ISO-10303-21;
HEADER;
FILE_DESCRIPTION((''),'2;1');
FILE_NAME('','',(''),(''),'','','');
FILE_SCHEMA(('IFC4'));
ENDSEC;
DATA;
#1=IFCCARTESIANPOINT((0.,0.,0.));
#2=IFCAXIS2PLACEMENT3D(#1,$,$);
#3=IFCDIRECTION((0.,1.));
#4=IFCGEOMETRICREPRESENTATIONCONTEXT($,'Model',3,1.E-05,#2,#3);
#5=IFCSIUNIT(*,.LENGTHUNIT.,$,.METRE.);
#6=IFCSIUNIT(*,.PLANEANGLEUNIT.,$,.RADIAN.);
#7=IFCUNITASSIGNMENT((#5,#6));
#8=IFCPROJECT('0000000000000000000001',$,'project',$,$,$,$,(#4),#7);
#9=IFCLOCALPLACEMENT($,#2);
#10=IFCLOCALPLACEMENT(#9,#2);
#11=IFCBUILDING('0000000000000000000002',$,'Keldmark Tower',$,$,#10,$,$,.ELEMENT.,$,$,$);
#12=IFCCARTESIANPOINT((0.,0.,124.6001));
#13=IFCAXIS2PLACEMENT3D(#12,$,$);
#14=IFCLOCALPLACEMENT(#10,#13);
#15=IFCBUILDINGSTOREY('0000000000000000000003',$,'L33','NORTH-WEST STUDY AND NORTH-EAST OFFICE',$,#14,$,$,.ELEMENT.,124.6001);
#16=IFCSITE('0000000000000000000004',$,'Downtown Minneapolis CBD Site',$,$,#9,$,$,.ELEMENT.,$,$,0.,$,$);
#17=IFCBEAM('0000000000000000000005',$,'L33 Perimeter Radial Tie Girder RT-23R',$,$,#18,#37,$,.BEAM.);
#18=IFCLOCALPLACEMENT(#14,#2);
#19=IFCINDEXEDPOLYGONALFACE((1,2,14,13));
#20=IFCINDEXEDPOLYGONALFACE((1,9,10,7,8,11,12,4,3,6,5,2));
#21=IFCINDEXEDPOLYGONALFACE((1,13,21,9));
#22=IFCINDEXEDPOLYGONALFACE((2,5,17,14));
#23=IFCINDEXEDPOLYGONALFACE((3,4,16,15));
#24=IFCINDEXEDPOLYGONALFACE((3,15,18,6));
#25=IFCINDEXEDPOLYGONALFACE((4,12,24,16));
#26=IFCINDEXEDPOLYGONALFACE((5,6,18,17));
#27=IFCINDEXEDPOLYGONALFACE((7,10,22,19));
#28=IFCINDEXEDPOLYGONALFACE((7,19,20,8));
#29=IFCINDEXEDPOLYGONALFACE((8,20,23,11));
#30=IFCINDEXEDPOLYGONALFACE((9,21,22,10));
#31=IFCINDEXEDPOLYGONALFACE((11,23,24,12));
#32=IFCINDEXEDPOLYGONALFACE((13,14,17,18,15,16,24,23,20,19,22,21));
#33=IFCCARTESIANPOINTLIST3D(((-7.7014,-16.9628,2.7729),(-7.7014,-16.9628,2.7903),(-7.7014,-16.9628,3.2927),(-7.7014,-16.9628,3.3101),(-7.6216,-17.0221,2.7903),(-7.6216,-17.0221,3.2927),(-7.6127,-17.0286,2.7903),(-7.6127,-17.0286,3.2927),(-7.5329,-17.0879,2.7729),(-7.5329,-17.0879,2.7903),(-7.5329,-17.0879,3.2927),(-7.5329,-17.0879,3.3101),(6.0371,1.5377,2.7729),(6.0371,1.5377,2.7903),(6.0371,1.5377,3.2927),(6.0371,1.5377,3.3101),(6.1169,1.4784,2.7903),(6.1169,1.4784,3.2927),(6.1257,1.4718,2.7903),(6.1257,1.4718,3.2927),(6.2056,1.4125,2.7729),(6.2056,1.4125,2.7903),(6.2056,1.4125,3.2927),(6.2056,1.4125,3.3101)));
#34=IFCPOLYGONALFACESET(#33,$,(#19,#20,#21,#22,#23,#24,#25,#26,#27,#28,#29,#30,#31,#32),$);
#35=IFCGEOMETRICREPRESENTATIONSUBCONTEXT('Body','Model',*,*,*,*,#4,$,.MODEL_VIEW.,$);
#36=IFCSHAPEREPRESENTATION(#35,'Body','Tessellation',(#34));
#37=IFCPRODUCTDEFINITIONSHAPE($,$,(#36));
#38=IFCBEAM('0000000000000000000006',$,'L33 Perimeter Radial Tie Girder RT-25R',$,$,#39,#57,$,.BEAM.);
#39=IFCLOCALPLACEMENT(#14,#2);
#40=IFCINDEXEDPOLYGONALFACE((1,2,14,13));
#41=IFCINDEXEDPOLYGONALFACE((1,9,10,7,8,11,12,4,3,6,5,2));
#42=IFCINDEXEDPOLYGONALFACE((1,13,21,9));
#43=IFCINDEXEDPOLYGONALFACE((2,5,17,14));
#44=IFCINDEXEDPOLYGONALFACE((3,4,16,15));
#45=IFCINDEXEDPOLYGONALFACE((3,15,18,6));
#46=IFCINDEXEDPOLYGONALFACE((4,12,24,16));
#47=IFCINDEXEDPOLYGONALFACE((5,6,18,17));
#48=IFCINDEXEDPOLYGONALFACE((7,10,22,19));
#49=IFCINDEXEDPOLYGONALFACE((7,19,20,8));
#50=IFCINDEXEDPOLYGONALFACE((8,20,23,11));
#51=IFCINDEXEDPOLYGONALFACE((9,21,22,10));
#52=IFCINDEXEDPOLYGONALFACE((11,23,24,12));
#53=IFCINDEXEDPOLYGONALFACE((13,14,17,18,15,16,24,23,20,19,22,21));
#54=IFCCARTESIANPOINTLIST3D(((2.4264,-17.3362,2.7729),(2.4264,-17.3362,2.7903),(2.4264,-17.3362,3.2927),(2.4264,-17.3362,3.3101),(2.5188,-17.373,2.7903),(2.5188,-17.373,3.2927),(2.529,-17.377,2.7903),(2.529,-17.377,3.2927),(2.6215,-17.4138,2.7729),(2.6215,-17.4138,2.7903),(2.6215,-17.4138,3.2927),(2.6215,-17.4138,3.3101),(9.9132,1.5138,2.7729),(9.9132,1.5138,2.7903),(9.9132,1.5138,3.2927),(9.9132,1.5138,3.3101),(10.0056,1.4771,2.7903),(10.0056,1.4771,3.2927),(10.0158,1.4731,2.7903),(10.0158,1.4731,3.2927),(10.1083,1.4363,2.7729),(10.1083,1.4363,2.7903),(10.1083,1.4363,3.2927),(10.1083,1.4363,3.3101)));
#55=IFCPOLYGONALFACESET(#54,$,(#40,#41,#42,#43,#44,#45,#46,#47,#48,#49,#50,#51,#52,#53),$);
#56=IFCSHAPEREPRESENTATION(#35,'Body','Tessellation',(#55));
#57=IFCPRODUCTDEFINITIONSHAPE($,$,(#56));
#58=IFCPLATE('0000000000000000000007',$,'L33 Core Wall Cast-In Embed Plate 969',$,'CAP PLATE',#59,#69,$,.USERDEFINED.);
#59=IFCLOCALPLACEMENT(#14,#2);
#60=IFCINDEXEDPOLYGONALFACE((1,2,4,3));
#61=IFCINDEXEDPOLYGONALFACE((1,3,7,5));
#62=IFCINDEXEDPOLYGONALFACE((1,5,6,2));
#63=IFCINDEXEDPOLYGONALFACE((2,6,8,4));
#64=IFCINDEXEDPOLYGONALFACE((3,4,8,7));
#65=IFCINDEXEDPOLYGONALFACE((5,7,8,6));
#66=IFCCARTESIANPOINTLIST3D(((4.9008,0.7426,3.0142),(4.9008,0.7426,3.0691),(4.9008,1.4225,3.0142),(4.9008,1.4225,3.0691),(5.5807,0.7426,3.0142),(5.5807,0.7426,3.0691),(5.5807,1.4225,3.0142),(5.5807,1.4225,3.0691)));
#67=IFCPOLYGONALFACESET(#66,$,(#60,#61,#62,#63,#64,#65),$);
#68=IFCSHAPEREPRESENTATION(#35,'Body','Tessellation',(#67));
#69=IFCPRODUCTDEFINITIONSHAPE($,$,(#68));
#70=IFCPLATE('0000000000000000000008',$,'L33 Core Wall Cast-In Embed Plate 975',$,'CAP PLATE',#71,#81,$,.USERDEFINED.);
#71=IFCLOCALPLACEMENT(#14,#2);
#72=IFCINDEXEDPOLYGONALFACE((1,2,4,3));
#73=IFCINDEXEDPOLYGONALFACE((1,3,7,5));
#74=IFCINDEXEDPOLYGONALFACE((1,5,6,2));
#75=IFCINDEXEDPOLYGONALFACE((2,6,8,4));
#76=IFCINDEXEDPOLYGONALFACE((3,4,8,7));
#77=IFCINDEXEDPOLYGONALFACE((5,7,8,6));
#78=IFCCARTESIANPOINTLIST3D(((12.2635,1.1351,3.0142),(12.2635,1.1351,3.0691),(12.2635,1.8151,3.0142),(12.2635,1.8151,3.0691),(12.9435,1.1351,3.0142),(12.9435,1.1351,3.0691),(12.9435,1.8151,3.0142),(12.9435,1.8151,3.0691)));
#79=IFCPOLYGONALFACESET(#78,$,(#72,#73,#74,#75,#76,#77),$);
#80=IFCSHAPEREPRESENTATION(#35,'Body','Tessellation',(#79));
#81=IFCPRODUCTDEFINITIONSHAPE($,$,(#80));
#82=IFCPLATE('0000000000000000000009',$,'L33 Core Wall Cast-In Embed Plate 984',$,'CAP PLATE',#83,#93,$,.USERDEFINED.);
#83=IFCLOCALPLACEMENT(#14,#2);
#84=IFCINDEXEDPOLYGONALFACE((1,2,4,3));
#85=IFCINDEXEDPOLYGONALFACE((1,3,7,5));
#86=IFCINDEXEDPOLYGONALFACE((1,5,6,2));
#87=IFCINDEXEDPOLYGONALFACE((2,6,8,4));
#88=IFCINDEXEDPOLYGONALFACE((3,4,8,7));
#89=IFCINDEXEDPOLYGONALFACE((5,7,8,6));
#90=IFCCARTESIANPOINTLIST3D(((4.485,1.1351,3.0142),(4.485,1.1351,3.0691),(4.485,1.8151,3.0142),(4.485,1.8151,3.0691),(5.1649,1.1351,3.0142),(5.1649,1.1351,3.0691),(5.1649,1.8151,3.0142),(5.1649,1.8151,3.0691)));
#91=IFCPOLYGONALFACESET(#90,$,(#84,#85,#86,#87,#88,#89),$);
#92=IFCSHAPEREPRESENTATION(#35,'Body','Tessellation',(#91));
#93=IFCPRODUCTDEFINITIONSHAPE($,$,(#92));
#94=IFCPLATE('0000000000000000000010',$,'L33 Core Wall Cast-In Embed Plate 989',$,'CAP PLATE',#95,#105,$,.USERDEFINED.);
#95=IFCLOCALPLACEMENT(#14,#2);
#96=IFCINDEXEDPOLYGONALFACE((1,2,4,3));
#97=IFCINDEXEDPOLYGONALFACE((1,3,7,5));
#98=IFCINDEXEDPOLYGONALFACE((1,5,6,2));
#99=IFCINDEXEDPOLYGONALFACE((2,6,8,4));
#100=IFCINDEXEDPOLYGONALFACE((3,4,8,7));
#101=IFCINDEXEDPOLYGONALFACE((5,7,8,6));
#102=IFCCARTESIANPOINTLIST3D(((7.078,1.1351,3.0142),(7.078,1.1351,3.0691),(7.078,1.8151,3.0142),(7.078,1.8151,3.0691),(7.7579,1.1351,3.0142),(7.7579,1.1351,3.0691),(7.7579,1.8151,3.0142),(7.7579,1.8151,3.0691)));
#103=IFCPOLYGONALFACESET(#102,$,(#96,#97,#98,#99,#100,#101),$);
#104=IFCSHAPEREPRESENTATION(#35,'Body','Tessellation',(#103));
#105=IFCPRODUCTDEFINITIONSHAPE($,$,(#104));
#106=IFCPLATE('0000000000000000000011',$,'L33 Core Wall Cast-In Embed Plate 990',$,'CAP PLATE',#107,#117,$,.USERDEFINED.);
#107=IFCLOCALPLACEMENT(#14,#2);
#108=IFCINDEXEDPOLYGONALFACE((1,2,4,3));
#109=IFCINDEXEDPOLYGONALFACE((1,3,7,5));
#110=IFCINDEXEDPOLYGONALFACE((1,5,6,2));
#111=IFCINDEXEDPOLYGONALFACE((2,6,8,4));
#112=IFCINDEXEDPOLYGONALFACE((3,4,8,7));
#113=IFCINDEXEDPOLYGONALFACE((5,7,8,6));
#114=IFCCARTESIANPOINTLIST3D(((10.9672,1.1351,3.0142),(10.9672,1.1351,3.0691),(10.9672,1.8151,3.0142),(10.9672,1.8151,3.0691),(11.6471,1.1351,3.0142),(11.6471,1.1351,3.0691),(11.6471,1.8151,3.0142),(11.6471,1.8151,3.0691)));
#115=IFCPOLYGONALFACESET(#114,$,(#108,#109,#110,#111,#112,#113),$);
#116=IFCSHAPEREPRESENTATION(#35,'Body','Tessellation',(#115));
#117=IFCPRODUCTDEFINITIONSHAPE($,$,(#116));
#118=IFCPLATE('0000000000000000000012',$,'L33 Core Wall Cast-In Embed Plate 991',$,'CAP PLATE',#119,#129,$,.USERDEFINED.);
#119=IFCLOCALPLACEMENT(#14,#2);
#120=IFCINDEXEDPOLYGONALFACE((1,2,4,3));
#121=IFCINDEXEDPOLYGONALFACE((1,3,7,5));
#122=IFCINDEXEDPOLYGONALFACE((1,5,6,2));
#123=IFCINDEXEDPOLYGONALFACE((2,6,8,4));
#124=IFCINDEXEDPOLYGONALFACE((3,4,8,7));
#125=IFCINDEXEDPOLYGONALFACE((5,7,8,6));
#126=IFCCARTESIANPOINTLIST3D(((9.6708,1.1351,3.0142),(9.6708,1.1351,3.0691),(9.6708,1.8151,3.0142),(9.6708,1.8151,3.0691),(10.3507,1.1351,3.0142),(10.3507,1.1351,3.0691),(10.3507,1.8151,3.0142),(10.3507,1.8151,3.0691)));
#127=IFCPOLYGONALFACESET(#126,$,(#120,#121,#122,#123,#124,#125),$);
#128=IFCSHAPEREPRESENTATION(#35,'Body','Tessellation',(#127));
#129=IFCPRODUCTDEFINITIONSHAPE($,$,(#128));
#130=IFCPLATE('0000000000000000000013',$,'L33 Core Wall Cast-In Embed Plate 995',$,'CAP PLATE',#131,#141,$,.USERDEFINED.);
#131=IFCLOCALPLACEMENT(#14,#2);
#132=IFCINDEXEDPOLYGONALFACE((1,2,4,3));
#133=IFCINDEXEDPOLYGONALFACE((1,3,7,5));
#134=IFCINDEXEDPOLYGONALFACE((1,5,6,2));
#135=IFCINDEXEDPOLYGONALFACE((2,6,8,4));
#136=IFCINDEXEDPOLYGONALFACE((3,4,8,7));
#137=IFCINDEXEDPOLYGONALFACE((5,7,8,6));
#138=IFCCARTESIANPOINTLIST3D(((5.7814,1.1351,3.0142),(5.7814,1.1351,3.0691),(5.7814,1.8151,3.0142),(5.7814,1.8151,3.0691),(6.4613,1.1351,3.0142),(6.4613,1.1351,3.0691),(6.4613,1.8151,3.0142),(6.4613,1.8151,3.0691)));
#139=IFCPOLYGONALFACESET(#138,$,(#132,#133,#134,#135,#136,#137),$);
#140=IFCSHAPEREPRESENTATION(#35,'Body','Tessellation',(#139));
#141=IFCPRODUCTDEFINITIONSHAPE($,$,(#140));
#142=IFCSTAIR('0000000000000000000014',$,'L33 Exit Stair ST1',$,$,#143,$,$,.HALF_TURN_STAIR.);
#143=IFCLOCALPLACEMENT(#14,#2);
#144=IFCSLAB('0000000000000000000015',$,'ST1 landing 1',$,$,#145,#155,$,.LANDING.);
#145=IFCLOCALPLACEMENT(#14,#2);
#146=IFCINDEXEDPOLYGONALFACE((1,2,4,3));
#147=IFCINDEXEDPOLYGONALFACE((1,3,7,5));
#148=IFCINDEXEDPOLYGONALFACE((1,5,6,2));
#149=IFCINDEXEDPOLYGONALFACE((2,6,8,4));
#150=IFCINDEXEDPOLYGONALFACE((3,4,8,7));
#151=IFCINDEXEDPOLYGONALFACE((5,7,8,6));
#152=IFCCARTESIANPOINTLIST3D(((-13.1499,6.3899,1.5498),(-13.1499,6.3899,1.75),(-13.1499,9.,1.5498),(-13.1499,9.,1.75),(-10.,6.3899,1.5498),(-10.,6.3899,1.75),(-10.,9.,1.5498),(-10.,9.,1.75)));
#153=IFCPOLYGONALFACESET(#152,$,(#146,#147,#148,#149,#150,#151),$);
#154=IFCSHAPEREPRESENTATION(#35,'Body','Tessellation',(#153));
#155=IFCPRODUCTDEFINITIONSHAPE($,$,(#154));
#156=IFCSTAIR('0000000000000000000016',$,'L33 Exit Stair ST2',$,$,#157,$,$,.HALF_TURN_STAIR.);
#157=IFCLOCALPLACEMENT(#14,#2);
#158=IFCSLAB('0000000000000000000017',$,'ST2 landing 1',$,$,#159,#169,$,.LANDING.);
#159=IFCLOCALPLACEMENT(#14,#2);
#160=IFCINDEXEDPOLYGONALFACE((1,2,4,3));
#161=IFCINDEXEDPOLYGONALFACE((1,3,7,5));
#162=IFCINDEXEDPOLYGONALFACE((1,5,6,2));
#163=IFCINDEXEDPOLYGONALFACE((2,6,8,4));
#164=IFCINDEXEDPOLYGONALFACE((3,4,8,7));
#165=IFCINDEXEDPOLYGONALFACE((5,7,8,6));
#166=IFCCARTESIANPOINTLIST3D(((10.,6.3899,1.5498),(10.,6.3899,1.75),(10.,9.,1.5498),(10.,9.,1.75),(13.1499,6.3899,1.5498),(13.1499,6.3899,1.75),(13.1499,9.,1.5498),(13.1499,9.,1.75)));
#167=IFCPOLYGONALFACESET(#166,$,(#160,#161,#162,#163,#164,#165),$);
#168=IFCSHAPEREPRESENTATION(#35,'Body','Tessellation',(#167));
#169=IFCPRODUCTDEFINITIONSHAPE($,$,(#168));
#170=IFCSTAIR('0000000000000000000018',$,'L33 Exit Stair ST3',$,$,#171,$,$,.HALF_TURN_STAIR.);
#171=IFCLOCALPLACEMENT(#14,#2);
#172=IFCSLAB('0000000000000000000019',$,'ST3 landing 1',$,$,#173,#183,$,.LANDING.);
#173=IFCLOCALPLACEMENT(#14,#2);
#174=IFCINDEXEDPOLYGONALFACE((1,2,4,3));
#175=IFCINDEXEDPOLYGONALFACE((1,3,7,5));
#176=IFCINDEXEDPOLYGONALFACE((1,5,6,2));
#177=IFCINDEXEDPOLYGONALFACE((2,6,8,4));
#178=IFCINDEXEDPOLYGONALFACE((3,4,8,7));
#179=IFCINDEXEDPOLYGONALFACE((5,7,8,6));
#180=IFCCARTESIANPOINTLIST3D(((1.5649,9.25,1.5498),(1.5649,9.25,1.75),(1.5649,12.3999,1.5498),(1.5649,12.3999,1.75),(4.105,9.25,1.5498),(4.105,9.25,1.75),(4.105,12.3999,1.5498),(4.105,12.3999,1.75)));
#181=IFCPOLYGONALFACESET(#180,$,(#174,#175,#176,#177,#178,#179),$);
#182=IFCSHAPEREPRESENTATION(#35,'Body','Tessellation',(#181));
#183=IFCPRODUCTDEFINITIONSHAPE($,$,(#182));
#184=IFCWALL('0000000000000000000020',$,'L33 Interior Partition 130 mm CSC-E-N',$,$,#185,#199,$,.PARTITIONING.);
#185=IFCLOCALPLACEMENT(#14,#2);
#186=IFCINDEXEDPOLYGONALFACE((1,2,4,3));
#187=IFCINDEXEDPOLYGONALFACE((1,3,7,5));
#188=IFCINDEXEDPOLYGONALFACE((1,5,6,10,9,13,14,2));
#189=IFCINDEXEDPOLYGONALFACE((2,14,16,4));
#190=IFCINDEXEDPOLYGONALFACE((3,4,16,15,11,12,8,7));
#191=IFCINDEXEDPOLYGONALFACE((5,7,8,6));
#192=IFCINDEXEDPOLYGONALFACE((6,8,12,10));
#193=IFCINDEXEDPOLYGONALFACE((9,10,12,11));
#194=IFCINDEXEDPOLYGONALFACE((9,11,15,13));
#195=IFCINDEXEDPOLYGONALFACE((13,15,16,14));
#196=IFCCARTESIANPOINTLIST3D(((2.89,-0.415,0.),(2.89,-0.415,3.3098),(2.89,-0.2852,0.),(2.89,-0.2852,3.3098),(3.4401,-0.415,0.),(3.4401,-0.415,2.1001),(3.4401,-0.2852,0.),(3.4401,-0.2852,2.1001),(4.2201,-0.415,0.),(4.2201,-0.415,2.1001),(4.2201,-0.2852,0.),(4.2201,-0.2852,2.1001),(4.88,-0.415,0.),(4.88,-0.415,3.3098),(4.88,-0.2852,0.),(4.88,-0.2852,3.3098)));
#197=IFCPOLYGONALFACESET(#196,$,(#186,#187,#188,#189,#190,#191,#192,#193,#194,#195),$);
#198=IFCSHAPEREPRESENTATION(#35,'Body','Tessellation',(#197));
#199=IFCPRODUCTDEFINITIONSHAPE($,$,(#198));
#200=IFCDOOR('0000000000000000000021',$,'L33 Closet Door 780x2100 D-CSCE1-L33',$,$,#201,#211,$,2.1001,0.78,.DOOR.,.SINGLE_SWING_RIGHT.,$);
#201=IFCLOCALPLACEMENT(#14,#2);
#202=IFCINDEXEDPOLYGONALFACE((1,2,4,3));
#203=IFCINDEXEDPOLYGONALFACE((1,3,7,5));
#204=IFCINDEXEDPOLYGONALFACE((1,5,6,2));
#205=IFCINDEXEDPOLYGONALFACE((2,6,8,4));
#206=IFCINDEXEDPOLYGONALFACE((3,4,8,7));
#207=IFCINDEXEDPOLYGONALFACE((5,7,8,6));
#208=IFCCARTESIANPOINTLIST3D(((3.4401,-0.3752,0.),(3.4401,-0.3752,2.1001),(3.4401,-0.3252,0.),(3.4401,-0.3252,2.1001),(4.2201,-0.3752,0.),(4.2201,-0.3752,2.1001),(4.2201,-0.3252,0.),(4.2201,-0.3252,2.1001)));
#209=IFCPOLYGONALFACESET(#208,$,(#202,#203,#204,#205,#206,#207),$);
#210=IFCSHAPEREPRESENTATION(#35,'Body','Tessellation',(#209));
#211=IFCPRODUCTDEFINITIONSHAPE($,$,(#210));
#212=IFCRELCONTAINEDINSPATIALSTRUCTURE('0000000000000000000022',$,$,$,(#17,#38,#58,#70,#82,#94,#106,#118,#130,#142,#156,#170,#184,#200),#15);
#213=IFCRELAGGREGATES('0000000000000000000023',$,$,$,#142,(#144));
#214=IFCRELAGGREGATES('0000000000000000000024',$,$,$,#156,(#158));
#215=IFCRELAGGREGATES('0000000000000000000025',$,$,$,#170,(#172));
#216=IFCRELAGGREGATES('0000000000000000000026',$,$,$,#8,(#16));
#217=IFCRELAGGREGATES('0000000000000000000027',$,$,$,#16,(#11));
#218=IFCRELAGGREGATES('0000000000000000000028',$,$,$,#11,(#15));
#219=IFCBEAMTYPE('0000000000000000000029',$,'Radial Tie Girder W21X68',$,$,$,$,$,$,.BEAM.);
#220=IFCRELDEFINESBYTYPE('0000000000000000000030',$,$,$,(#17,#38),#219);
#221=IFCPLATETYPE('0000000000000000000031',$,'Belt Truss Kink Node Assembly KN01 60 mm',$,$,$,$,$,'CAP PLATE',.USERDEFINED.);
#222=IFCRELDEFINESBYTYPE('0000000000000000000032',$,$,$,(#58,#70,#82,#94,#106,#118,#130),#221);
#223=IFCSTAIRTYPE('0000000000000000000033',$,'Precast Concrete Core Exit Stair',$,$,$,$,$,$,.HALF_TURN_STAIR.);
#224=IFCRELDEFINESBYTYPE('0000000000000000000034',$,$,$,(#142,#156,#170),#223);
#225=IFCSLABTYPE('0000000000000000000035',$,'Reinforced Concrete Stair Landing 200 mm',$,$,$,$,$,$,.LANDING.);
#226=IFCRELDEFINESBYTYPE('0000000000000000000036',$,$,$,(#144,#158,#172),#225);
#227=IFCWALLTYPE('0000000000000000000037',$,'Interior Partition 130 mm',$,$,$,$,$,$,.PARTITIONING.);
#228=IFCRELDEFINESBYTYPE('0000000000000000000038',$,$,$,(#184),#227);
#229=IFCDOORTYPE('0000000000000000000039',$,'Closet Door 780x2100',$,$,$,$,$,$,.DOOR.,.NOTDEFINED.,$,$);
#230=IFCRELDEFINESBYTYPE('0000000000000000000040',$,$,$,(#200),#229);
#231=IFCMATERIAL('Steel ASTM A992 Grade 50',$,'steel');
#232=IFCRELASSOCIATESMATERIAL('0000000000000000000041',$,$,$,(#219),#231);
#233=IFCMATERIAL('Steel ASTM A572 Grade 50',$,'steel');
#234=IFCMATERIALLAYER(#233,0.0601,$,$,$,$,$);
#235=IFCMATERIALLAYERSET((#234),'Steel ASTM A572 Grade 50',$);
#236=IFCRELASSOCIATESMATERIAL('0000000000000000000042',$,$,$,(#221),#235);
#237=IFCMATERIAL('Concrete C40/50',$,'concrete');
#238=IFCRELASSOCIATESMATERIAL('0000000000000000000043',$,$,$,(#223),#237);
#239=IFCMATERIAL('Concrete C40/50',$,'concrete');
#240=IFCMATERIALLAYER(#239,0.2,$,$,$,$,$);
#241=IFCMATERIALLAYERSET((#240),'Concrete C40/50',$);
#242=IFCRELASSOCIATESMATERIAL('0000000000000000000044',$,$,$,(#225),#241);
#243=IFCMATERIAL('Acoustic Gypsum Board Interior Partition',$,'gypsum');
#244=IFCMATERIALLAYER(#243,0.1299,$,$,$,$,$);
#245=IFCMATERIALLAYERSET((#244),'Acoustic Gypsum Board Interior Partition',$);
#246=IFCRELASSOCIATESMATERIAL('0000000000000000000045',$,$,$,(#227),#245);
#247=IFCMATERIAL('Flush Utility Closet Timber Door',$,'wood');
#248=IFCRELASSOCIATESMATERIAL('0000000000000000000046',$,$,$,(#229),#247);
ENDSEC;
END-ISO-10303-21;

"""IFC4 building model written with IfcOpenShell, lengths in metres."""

from ifc_helpers import new_model, si_unit, direction, frame, frame_2d, origin, origin_2d, place, context, subcontext, project, spatial, polyline, rectangle, i_section, outline, extrude, material, layer, layer_set, material_profile, profile_set, type_object, element, fill, aggregate, save


model = new_model("IFC4")

# Units and contexts
model_context = context("Model", 3, precision=1e-05, world=origin(), true_north=direction((0.0, 1.0)))
body_context = subcontext(model_context, "Body", "Model", "MODEL_VIEW")
ifc_project = project(units=[si_unit("LENGTHUNIT", "METRE"), si_unit("PLANEANGLEUNIT", "RADIAN")], contexts=[model_context])

# Site, building, storey
site_placement = place(None, origin())
site = spatial("IfcSite", under=ifc_project, at=site_placement, Name="Downtown Minneapolis CBD Site", CompositionType="ELEMENT", RefElevation=0.0)
building_placement = place(site_placement, origin())
building = spatial("IfcBuilding", under=site, at=building_placement, Name="Keldmark Tower", CompositionType="ELEMENT")
storey_placement = place(building_placement, frame((0.0, 0.0, 124.6001)))
storey = spatial("IfcBuildingStorey", under=building, at=storey_placement, Name="L33", Description="NORTH-WEST STUDY AND NORTH-EAST OFFICE", CompositionType="ELEMENT", Elevation=124.6001)

# Beams
ifc_material_1 = material(Name="Steel ASTM A992 Grade 50", Category="steel")
ifc_material_profile_1 = material_profile(ifc_material_1, i_section(OverallWidth=0.21, OverallDepth=0.5371, WebThickness=0.011, FlangeThickness=0.0173, at=origin_2d()), Name="W21X68")
ifc_profile_set_1 = profile_set([ifc_material_profile_1], Name="Steel ASTM A992 Grade 50")
beam_type = type_object("IfcBeamType", Name="Radial Tie Girder W21X68", PredefinedType="BEAM", material=ifc_profile_set_1)
beam_1_placement = place(storey_placement, frame((6.1213, 1.4751, 3.0415), z_axis=(-0.596193, -0.802841, 0.0), x_axis=(0.802841, -0.596193, 0.0)))
element("IfcBeam", 1, at=beam_1_placement, inside=storey, type_object=beam_type, Name="L33 Perimeter Radial Tie Girder RT-23R", PredefinedType="BEAM", context=body_context, shape_type="SweptSolid", body=[
    extrude(i_section(OverallWidth=0.21, OverallDepth=0.5371, WebThickness=0.011, FlangeThickness=0.0173, at=origin_2d()), origin(), (0.0, 0.0, 1.0), 23.0437),
])
beam_2_placement = place(storey_placement, frame((10.0107, 1.4751, 3.0415), z_axis=(-0.369127, -0.929379, 0.0), x_axis=(0.929379, -0.369127, 0.0)))
element("IfcBeam", 2, at=beam_2_placement, inside=storey, type_object=beam_type, Name="L33 Perimeter Radial Tie Girder RT-25R", PredefinedType="BEAM", context=body_context, shape_type="SweptSolid", body=[
    extrude(i_section(OverallWidth=0.21, OverallDepth=0.5371, WebThickness=0.011, FlangeThickness=0.0173, at=origin_2d()), origin(), (0.0, 0.0, 1.0), 20.2825),
])

# Plates
ifc_material_2 = material(Name="Steel ASTM A572 Grade 50", Category="steel")
ifc_layer_1 = layer(ifc_material_2, 0.0601)
ifc_layer_set_1 = layer_set([ifc_layer_1], Name="Steel ASTM A572 Grade 50")
plate_type = type_object("IfcPlateType", Name="Belt Truss Kink Node Assembly KN01 60 mm", ElementType="CAP PLATE", PredefinedType="USERDEFINED", material=ifc_layer_set_1)
for number, where, z_axis, x_axis, name in (
    (3, (5.2407, 1.0825, 3.0142), (0.0, 0.0, 1.0), (1.0, 0.0, 0.0), "L33 Core Wall Cast-In Embed Plate 969"),
    (4, (12.6035, 1.4751, 3.0142), (0.0, 0.0, 1.0), (1.0, 0.0, 0.0), "L33 Core Wall Cast-In Embed Plate 975"),
    (5, (4.825, 1.4751, 3.0142), (0.0, 0.0, 1.0), (1.0, 0.0, 0.0), "L33 Core Wall Cast-In Embed Plate 984"),
    (6, (7.418, 1.4751, 3.0142), (0.0, 0.0, 1.0), (1.0, 0.0, 0.0), "L33 Core Wall Cast-In Embed Plate 989"),
    (7, (11.3071, 1.4751, 3.0142), (0.0, 0.0, 1.0), (1.0, 0.0, 0.0), "L33 Core Wall Cast-In Embed Plate 990"),
    (8, (10.0107, 1.4751, 3.0142), (0.0, 0.0, 1.0), (1.0, 0.0, 0.0), "L33 Core Wall Cast-In Embed Plate 991"),
    (9, (6.1213, 1.4751, 3.0142), (0.0, 0.0, 1.0), (1.0, 0.0, 0.0), "L33 Core Wall Cast-In Embed Plate 995"),
):
    element("IfcPlate", number, at=place(storey_placement, frame(where, z_axis=z_axis, x_axis=x_axis)), inside=storey, type_object=plate_type, Name=name, ObjectType="CAP PLATE", PredefinedType="USERDEFINED", context=body_context, shape_type="SweptSolid", body=[
        extrude(rectangle(XDim=0.6799, YDim=0.6799, at=origin_2d()), origin(), (0.0, 0.0, 1.0), 0.0549),
    ])

# Stairs, slabs
ifc_material_3 = material(Name="Concrete C40/50", Category="concrete")
stair_type = type_object("IfcStairType", Name="Precast Concrete Core Exit Stair", PredefinedType="HALF_TURN_STAIR", material=ifc_material_3)
stair_1_placement = place(storey_placement, origin())
stair_1 = element("IfcStair", 10, at=stair_1_placement, inside=storey, type_object=stair_type, Name="L33 Exit Stair ST1", PredefinedType="HALF_TURN_STAIR")
ifc_material_4 = material(Name="Concrete C40/50", Category="concrete")
ifc_layer_2 = layer(ifc_material_4, 0.2)
ifc_layer_set_2 = layer_set([ifc_layer_2], Name="Concrete C40/50")
slab_type = type_object("IfcSlabType", Name="Reinforced Concrete Stair Landing 200 mm", PredefinedType="LANDING", material=ifc_layer_set_2)
slab_1_placement = place(storey_placement, frame((0.0, 0.0, 1.5498)))
slab_1 = element("IfcSlab", 11, at=slab_1_placement, type_object=slab_type, Name="ST1 landing 1", PredefinedType="LANDING", context=body_context, shape_type="SweptSolid", body=[
    extrude(outline(polyline([(-10.0, 6.3899), (-10.0, 9.0), (-13.1499, 9.0), (-13.1499, 6.3899), (-10.0, 6.3899)])), origin(), (0.0, 0.0, 1.0), 0.2002),
])
aggregate(stair_1, [slab_1])
stair_2_placement = place(storey_placement, origin())
stair_2 = element("IfcStair", 12, at=stair_2_placement, inside=storey, type_object=stair_type, Name="L33 Exit Stair ST2", PredefinedType="HALF_TURN_STAIR")
slab_2_placement = place(storey_placement, frame((0.0, 0.0, 1.5498)))
slab_2 = element("IfcSlab", 13, at=slab_2_placement, type_object=slab_type, Name="ST2 landing 1", PredefinedType="LANDING", context=body_context, shape_type="SweptSolid", body=[
    extrude(outline(polyline([(13.1499, 6.3899), (13.1499, 9.0), (10.0, 9.0), (10.0, 6.3899), (13.1499, 6.3899)])), origin(), (0.0, 0.0, 1.0), 0.2002),
])
aggregate(stair_2, [slab_2])
stair_3_placement = place(storey_placement, origin())
stair_3 = element("IfcStair", 14, at=stair_3_placement, inside=storey, type_object=stair_type, Name="L33 Exit Stair ST3", PredefinedType="HALF_TURN_STAIR")
slab_3_placement = place(storey_placement, frame((0.0, 0.0, 1.5498)))
slab_3 = element("IfcSlab", 15, at=slab_3_placement, type_object=slab_type, Name="ST3 landing 1", PredefinedType="LANDING", context=body_context, shape_type="SweptSolid", body=[
    extrude(outline(polyline([(1.5649, 9.25), (4.105, 9.25), (4.105, 12.3999), (1.5649, 12.3999), (1.5649, 9.25)])), origin(), (0.0, 0.0, 1.0), 0.2002),
])
aggregate(stair_3, [slab_3])

# Wall, opening, door
ifc_material_5 = material(Name="Acoustic Gypsum Board Interior Partition", Category="gypsum")
ifc_layer_3 = layer(ifc_material_5, 0.1299)
ifc_layer_set_3 = layer_set([ifc_layer_3], Name="Acoustic Gypsum Board Interior Partition")
wall_type_1 = type_object("IfcWallType", Name="Interior Partition 130 mm", PredefinedType="PARTITIONING", material=ifc_layer_set_3)
wall_1_placement = place(storey_placement, frame((2.8899, -0.3501, 0.0), z_axis=(0.0, 0.0, 1.0), x_axis=(1.0, 0.0, 0.0)))
wall_1 = element("IfcWall", 16, at=wall_1_placement, inside=storey, type_object=wall_type_1, Name="L33 Interior Partition 130 mm CSC-E-N", PredefinedType="PARTITIONING", context=body_context, shape_type="SweptSolid", body=[
    extrude(rectangle(XDim=1.99, YDim=0.1299, at=frame_2d((0.9951, 0.0))), origin(), (0.0, 0.0, 1.0), 3.3098),
])
opening_1_placement = place(wall_1_placement, frame((0.55, 0.0, 0.0)))
opening_1 = element("IfcOpeningElement", 17, at=opening_1_placement, cuts=wall_1, PredefinedType="OPENING", context=body_context, shape_type="SweptSolid", body=[
    extrude(rectangle(XDim=0.78, YDim=2.1001, at=frame_2d((0.3901, 1.05))), frame((0.0, 0.075, 0.0), z_axis=(0.0, -1.0, 0.0), x_axis=(1.0, 0.0, 0.0)), (0.0, 0.0, 1.0), 0.1499),
])
ifc_material_6 = material(Name="Flush Utility Closet Timber Door", Category="wood")
door_type_1 = type_object("IfcDoorType", Name="Closet Door 780x2100", OperationType="NOTDEFINED", PredefinedType="DOOR", material=ifc_material_6)
door_1_placement = place(opening_1_placement, origin())
door_1 = element("IfcDoor", 18, at=door_1_placement, inside=storey, type_object=door_type_1, Name="L33 Closet Door 780x2100 D-CSCE1-L33", OperationType="SINGLE_SWING_RIGHT", OverallHeight=2.1001, OverallWidth=0.78, PredefinedType="DOOR", context=body_context, shape_type="SweptSolid", body=[
    extrude(rectangle(XDim=0.78, YDim=2.1001, at=frame_2d((0.3901, 1.05))), frame((0.0, 0.0249, 0.0), z_axis=(0.0, -1.0, 0.0), x_axis=(1.0, 0.0, 0.0)), (0.0, 0.0, 1.0), 0.05),
])
fill(opening_1, door_1)

save(model, "model.ifc")
